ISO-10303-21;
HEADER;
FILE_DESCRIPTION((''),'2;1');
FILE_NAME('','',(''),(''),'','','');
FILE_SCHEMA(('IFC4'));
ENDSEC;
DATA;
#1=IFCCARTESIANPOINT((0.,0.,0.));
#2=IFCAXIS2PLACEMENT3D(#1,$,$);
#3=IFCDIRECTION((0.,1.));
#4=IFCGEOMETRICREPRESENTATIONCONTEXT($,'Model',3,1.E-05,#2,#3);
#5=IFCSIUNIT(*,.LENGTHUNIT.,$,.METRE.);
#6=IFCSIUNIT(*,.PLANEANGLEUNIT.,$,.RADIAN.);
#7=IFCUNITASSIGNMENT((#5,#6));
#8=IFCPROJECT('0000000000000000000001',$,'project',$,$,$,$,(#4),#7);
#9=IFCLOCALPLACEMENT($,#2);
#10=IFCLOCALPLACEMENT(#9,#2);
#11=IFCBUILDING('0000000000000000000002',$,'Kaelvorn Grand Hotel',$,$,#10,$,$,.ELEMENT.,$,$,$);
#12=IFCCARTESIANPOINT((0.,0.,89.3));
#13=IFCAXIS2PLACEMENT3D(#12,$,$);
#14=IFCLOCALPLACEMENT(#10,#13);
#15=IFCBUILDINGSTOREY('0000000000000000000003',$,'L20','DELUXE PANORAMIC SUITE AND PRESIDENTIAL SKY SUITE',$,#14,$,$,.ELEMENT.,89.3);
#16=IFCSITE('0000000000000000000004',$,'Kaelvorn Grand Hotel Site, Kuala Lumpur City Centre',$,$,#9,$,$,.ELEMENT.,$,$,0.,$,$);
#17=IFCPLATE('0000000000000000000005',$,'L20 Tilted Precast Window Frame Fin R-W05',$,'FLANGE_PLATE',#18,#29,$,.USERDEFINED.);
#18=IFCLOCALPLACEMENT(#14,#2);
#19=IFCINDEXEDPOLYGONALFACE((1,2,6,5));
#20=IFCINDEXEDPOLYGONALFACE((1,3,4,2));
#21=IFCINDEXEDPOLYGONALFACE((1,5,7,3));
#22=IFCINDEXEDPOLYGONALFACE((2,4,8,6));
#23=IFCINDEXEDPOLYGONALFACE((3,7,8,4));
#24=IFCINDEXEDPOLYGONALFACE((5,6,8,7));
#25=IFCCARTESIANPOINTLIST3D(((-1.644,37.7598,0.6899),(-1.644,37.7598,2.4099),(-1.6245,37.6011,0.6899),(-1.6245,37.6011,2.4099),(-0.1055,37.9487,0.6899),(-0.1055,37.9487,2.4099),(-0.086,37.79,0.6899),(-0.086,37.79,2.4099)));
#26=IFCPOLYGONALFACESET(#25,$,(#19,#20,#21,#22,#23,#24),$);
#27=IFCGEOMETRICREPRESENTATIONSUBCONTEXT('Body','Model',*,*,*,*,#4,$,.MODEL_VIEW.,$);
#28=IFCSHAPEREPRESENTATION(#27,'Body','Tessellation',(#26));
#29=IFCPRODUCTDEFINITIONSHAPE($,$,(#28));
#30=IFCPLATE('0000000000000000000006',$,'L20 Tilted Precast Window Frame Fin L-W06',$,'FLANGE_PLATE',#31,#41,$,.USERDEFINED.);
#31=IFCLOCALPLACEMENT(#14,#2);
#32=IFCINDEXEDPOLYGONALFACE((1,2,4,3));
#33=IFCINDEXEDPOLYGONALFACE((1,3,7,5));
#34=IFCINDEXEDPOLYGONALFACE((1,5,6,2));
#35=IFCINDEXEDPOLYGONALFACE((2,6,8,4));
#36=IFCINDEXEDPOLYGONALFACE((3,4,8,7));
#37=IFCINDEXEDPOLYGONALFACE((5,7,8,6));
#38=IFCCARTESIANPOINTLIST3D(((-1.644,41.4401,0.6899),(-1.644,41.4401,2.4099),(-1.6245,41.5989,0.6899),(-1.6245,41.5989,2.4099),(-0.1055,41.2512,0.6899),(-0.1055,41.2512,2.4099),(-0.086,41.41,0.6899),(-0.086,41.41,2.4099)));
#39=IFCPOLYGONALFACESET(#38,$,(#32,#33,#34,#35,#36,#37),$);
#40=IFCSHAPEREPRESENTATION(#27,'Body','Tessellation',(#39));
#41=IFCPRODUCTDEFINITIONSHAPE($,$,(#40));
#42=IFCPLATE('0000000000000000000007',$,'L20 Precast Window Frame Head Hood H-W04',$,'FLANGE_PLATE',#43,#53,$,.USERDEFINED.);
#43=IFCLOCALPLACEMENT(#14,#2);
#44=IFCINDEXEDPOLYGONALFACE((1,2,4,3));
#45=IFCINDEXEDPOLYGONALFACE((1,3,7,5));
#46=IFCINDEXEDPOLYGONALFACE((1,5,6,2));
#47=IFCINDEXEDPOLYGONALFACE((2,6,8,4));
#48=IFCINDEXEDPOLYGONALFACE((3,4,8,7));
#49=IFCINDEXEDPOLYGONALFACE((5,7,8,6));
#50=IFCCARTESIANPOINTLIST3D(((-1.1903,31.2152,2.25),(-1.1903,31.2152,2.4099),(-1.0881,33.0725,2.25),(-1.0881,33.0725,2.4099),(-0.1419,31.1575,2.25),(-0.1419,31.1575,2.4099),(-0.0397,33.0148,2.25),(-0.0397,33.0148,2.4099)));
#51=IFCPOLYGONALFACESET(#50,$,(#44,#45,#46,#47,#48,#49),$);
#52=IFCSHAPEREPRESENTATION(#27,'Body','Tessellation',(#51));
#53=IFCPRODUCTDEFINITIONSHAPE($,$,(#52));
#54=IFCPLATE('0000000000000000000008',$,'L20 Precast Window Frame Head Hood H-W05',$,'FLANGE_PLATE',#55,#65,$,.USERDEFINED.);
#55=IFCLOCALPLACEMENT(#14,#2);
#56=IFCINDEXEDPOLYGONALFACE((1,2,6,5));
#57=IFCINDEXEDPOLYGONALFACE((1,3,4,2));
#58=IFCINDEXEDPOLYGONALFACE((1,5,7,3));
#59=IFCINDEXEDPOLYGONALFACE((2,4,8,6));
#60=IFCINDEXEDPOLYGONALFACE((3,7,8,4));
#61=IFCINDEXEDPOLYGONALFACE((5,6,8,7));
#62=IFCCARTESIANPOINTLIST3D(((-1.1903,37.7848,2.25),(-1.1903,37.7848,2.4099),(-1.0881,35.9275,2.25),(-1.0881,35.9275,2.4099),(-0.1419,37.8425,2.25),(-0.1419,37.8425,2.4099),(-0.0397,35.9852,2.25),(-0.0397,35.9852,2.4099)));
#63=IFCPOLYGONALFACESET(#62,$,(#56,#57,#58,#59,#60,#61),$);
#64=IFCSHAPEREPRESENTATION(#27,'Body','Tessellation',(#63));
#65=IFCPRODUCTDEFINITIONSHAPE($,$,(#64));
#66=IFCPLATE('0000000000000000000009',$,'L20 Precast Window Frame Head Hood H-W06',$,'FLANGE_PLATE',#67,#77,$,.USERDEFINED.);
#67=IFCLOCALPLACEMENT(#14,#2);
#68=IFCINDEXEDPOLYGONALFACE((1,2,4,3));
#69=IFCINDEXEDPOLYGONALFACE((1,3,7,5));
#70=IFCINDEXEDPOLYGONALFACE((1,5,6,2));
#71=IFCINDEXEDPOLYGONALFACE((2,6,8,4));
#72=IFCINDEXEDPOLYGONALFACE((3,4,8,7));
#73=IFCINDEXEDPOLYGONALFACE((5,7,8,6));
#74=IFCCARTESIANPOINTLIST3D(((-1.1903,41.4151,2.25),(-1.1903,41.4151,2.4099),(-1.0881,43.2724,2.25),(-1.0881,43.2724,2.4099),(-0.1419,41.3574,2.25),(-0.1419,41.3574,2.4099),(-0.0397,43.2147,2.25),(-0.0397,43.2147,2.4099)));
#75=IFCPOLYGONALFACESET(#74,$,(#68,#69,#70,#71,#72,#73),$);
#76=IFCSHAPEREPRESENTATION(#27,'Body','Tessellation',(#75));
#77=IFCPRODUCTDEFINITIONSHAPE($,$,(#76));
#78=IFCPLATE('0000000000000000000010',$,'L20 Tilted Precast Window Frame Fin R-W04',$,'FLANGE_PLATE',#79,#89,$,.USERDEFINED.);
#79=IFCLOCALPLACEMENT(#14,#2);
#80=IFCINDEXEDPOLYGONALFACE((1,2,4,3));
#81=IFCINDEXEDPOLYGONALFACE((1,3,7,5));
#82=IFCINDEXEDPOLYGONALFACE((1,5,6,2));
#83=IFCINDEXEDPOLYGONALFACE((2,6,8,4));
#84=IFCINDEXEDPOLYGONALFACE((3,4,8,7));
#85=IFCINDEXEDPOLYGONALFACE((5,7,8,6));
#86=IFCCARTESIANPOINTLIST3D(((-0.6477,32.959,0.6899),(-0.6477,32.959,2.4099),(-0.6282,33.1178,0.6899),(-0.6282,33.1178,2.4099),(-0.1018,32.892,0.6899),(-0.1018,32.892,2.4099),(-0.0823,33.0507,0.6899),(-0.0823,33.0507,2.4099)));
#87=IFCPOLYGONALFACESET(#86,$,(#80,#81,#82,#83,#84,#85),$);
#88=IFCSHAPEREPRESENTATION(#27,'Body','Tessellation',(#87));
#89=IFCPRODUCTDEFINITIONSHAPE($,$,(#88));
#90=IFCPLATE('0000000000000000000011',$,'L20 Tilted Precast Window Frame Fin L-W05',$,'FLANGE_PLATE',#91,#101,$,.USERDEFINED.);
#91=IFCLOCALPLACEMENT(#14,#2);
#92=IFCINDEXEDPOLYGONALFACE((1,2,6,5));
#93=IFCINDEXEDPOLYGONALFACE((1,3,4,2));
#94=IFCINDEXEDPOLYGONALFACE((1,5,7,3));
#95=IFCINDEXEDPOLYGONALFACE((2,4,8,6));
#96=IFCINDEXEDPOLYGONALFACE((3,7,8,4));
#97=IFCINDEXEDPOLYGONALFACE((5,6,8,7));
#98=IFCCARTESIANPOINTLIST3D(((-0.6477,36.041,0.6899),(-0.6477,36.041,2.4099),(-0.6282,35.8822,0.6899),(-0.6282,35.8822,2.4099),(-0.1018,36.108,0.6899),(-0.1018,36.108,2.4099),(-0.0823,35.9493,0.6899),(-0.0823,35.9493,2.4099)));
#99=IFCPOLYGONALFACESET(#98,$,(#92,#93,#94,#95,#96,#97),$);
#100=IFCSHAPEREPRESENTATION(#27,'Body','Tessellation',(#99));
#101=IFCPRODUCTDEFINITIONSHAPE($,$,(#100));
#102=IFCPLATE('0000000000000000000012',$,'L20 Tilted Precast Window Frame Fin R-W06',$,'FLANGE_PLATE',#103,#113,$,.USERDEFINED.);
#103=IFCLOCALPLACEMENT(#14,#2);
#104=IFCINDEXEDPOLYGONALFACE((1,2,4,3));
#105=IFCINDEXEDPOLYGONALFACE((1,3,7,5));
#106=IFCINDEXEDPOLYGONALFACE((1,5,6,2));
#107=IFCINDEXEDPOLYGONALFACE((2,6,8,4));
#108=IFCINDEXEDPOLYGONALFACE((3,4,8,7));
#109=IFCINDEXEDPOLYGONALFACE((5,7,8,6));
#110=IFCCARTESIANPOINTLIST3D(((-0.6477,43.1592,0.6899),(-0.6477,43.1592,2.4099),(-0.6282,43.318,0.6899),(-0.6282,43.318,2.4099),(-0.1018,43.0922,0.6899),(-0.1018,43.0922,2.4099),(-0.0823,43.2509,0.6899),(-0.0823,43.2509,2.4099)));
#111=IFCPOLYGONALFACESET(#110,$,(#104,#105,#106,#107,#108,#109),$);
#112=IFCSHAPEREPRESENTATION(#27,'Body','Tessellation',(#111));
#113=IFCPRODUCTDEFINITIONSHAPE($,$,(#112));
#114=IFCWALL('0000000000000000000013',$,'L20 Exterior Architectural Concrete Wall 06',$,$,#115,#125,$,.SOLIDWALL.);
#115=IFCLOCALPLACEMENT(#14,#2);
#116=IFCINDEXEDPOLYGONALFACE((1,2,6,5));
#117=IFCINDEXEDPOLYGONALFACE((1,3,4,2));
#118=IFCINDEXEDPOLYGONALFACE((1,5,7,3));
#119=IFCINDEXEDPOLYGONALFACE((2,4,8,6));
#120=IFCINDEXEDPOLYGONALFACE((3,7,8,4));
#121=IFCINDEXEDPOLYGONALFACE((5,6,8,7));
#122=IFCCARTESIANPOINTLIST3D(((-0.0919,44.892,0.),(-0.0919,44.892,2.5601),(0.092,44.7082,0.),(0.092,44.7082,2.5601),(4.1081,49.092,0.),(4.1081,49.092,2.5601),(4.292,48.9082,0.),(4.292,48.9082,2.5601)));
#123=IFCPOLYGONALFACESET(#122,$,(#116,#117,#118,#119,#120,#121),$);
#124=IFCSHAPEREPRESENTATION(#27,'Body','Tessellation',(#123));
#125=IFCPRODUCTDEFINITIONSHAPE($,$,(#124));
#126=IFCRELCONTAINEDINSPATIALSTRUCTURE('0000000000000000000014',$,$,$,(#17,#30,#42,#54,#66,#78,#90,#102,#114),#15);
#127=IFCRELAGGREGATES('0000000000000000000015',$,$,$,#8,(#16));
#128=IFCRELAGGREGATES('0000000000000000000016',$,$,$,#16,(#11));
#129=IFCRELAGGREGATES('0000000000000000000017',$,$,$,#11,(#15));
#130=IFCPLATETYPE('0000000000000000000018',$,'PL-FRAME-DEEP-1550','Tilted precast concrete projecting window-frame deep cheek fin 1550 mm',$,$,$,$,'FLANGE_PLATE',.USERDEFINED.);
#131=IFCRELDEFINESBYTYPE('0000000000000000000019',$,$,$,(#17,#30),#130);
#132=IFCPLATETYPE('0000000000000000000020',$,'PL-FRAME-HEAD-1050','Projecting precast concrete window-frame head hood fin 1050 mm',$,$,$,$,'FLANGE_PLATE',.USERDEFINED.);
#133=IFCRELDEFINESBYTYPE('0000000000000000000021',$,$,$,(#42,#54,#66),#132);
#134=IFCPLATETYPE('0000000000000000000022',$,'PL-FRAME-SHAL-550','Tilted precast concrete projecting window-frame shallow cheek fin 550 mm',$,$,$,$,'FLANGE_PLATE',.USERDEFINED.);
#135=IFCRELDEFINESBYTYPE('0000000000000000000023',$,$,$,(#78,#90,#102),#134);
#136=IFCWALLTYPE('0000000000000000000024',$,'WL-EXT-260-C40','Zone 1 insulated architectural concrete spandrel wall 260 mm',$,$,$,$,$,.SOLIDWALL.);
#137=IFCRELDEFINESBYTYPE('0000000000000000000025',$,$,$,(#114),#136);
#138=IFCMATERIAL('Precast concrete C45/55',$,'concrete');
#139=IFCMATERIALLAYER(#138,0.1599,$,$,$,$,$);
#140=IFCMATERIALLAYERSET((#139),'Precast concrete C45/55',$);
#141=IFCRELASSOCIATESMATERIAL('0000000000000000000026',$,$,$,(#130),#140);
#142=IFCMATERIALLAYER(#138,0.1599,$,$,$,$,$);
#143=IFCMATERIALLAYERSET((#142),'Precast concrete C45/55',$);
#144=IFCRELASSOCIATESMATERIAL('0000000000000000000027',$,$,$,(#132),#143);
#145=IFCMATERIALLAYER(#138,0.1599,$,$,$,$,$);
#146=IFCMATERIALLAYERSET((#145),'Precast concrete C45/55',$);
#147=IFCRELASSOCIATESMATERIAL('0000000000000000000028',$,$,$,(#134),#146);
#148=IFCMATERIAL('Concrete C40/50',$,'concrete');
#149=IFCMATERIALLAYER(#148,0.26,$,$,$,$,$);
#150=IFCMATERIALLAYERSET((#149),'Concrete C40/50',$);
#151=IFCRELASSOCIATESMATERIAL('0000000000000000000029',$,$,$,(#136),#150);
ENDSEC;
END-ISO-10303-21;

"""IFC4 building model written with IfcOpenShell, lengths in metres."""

from ifc_helpers import new_model, si_unit, direction, frame, frame_2d, origin, origin_2d, place, context, subcontext, project, spatial, rectangle, extrude, material, layer, layer_set, type_object, element, save


model = new_model("IFC4")

# Units and contexts
model_context = context("Model", 3, precision=1e-05, world=origin(), true_north=direction((0.0, 1.0)))
body_context = subcontext(model_context, "Body", "Model", "MODEL_VIEW")
ifc_project = project(units=[si_unit("LENGTHUNIT", "METRE"), si_unit("PLANEANGLEUNIT", "RADIAN")], contexts=[model_context])

# Site, building, storey
site_placement = place(None, origin())
site = spatial("IfcSite", under=ifc_project, at=site_placement, Name="Kaelvorn Grand Hotel Site, Kuala Lumpur City Centre", CompositionType="ELEMENT", RefElevation=0.0)
building_placement = place(site_placement, origin())
building = spatial("IfcBuilding", under=site, at=building_placement, Name="Kaelvorn Grand Hotel", CompositionType="ELEMENT")
storey_placement = place(building_placement, frame((0.0, 0.0, 89.3)))
storey = spatial("IfcBuildingStorey", under=building, at=storey_placement, Name="L20", Description="DELUXE PANORAMIC SUITE AND PRESIDENTIAL SKY SUITE", CompositionType="ELEMENT", Elevation=89.3)

# Plates
ifc_material_1 = material(Name="Precast concrete C45/55", Category="concrete")
ifc_layer_1 = layer(ifc_material_1, 0.1599)
ifc_layer_set_1 = layer_set([ifc_layer_1], Name="Precast concrete C45/55")
plate_type_1 = type_object("IfcPlateType", Name="PL-FRAME-DEEP-1550", Description="Tilted precast concrete projecting window-frame deep cheek fin 1550 mm", ElementType="FLANGE_PLATE", PredefinedType="USERDEFINED", material=ifc_layer_set_1)
for number, where, z_axis, x_axis, name in (
    (1, (-0.865, 37.7749, 0.6899), (0.0, 0.0, 1.0), (-0.121869, 0.992546, 0.0), "L20 Tilted Precast Window Frame Fin R-W05"),
    (2, (-0.865, 41.425, 0.6899), (0.0, 0.0, 1.0), (0.121869, 0.992546, 0.0), "L20 Tilted Precast Window Frame Fin L-W06"),
):
    element("IfcPlate", number, at=place(storey_placement, frame(where, z_axis=z_axis, x_axis=x_axis)), inside=storey, type_object=plate_type_1, Name=name, ObjectType="FLANGE_PLATE", PredefinedType="USERDEFINED", context=body_context, shape_type="SweptSolid", body=[
        extrude(rectangle(XDim=0.1599, YDim=1.55, at=origin_2d()), origin(), (0.0, 0.0, 1.0), 1.72),
    ])
ifc_layer_2 = layer(ifc_material_1, 0.1599)
ifc_layer_set_2 = layer_set([ifc_layer_2], Name="Precast concrete C45/55")
plate_type_2 = type_object("IfcPlateType", Name="PL-FRAME-HEAD-1050", Description="Projecting precast concrete window-frame head hood fin 1050 mm", ElementType="FLANGE_PLATE", PredefinedType="USERDEFINED", material=ifc_layer_set_2)
for number, where, z_axis, x_axis, name in (
    (3, (-0.615, 32.115, 2.25), (0.0, 0.0, 1.0), (0.05495, 0.998489, 0.0), "L20 Precast Window Frame Head Hood H-W04"),
    (4, (-0.615, 36.885, 2.25), (0.0, 0.0, 1.0), (-0.05495, 0.998489, 0.0), "L20 Precast Window Frame Head Hood H-W05"),
    (5, (-0.615, 42.3149, 2.25), (0.0, 0.0, 1.0), (0.05495, 0.998489, 0.0), "L20 Precast Window Frame Head Hood H-W06"),
):
    element("IfcPlate", number, at=place(storey_placement, frame(where, z_axis=z_axis, x_axis=x_axis)), inside=storey, type_object=plate_type_2, Name=name, ObjectType="FLANGE_PLATE", PredefinedType="USERDEFINED", context=body_context, shape_type="SweptSolid", body=[
        extrude(rectangle(XDim=1.8601, YDim=1.05, at=origin_2d()), origin(), (0.0, 0.0, 1.0), 0.1599),
    ])
ifc_layer_3 = layer(ifc_material_1, 0.1599)
ifc_layer_set_3 = layer_set([ifc_layer_3], Name="Precast concrete C45/55")
plate_type_3 = type_object("IfcPlateType", Name="PL-FRAME-SHAL-550", Description="Tilted precast concrete projecting window-frame shallow cheek fin 550 mm", ElementType="FLANGE_PLATE", PredefinedType="USERDEFINED", material=ifc_layer_set_3)
for number, where, z_axis, x_axis, name in (
    (6, (-0.365, 33.0049, 0.6899), (0.0, 0.0, 1.0), (0.121869, 0.992546, 0.0), "L20 Tilted Precast Window Frame Fin R-W04"),
    (7, (-0.365, 35.9951, 0.6899), (0.0, 0.0, 1.0), (-0.121869, 0.992546, 0.0), "L20 Tilted Precast Window Frame Fin L-W05"),
    (8, (-0.365, 43.2051, 0.6899), (0.0, 0.0, 1.0), (0.121869, 0.992546, 0.0), "L20 Tilted Precast Window Frame Fin R-W06"),
):
    element("IfcPlate", number, at=place(storey_placement, frame(where, z_axis=z_axis, x_axis=x_axis)), inside=storey, type_object=plate_type_3, Name=name, ObjectType="FLANGE_PLATE", PredefinedType="USERDEFINED", context=body_context, shape_type="SweptSolid", body=[
        extrude(rectangle(XDim=0.1599, YDim=0.55, at=origin_2d()), origin(), (0.0, 0.0, 1.0), 1.72),
    ])

# Wall
ifc_material_2 = material(Name="Concrete C40/50", Category="concrete")
ifc_layer_4 = layer(ifc_material_2, 0.26)
ifc_layer_set_4 = layer_set([ifc_layer_4], Name="Concrete C40/50")
wall_type_1 = type_object("IfcWallType", Name="WL-EXT-260-C40", Description="Zone 1 insulated architectural concrete spandrel wall 260 mm", PredefinedType="SOLIDWALL", material=ifc_layer_set_4)
wall_1_placement = place(storey_placement, frame((4.2, 49.0, 0.0), z_axis=(0.0, 0.0, 1.0), x_axis=(-0.707107, -0.707107, 0.0)))
element("IfcWall", 9, at=wall_1_placement, inside=storey, type_object=wall_type_1, Name="L20 Exterior Architectural Concrete Wall 06", PredefinedType="SOLIDWALL", context=body_context, shape_type="SweptSolid", body=[
    extrude(rectangle(XDim=5.9397, YDim=0.26, at=frame_2d((2.9697, 0.0))), origin(), (0.0, 0.0, 1.0), 2.5601),
])

save(model, "model.ifc")
